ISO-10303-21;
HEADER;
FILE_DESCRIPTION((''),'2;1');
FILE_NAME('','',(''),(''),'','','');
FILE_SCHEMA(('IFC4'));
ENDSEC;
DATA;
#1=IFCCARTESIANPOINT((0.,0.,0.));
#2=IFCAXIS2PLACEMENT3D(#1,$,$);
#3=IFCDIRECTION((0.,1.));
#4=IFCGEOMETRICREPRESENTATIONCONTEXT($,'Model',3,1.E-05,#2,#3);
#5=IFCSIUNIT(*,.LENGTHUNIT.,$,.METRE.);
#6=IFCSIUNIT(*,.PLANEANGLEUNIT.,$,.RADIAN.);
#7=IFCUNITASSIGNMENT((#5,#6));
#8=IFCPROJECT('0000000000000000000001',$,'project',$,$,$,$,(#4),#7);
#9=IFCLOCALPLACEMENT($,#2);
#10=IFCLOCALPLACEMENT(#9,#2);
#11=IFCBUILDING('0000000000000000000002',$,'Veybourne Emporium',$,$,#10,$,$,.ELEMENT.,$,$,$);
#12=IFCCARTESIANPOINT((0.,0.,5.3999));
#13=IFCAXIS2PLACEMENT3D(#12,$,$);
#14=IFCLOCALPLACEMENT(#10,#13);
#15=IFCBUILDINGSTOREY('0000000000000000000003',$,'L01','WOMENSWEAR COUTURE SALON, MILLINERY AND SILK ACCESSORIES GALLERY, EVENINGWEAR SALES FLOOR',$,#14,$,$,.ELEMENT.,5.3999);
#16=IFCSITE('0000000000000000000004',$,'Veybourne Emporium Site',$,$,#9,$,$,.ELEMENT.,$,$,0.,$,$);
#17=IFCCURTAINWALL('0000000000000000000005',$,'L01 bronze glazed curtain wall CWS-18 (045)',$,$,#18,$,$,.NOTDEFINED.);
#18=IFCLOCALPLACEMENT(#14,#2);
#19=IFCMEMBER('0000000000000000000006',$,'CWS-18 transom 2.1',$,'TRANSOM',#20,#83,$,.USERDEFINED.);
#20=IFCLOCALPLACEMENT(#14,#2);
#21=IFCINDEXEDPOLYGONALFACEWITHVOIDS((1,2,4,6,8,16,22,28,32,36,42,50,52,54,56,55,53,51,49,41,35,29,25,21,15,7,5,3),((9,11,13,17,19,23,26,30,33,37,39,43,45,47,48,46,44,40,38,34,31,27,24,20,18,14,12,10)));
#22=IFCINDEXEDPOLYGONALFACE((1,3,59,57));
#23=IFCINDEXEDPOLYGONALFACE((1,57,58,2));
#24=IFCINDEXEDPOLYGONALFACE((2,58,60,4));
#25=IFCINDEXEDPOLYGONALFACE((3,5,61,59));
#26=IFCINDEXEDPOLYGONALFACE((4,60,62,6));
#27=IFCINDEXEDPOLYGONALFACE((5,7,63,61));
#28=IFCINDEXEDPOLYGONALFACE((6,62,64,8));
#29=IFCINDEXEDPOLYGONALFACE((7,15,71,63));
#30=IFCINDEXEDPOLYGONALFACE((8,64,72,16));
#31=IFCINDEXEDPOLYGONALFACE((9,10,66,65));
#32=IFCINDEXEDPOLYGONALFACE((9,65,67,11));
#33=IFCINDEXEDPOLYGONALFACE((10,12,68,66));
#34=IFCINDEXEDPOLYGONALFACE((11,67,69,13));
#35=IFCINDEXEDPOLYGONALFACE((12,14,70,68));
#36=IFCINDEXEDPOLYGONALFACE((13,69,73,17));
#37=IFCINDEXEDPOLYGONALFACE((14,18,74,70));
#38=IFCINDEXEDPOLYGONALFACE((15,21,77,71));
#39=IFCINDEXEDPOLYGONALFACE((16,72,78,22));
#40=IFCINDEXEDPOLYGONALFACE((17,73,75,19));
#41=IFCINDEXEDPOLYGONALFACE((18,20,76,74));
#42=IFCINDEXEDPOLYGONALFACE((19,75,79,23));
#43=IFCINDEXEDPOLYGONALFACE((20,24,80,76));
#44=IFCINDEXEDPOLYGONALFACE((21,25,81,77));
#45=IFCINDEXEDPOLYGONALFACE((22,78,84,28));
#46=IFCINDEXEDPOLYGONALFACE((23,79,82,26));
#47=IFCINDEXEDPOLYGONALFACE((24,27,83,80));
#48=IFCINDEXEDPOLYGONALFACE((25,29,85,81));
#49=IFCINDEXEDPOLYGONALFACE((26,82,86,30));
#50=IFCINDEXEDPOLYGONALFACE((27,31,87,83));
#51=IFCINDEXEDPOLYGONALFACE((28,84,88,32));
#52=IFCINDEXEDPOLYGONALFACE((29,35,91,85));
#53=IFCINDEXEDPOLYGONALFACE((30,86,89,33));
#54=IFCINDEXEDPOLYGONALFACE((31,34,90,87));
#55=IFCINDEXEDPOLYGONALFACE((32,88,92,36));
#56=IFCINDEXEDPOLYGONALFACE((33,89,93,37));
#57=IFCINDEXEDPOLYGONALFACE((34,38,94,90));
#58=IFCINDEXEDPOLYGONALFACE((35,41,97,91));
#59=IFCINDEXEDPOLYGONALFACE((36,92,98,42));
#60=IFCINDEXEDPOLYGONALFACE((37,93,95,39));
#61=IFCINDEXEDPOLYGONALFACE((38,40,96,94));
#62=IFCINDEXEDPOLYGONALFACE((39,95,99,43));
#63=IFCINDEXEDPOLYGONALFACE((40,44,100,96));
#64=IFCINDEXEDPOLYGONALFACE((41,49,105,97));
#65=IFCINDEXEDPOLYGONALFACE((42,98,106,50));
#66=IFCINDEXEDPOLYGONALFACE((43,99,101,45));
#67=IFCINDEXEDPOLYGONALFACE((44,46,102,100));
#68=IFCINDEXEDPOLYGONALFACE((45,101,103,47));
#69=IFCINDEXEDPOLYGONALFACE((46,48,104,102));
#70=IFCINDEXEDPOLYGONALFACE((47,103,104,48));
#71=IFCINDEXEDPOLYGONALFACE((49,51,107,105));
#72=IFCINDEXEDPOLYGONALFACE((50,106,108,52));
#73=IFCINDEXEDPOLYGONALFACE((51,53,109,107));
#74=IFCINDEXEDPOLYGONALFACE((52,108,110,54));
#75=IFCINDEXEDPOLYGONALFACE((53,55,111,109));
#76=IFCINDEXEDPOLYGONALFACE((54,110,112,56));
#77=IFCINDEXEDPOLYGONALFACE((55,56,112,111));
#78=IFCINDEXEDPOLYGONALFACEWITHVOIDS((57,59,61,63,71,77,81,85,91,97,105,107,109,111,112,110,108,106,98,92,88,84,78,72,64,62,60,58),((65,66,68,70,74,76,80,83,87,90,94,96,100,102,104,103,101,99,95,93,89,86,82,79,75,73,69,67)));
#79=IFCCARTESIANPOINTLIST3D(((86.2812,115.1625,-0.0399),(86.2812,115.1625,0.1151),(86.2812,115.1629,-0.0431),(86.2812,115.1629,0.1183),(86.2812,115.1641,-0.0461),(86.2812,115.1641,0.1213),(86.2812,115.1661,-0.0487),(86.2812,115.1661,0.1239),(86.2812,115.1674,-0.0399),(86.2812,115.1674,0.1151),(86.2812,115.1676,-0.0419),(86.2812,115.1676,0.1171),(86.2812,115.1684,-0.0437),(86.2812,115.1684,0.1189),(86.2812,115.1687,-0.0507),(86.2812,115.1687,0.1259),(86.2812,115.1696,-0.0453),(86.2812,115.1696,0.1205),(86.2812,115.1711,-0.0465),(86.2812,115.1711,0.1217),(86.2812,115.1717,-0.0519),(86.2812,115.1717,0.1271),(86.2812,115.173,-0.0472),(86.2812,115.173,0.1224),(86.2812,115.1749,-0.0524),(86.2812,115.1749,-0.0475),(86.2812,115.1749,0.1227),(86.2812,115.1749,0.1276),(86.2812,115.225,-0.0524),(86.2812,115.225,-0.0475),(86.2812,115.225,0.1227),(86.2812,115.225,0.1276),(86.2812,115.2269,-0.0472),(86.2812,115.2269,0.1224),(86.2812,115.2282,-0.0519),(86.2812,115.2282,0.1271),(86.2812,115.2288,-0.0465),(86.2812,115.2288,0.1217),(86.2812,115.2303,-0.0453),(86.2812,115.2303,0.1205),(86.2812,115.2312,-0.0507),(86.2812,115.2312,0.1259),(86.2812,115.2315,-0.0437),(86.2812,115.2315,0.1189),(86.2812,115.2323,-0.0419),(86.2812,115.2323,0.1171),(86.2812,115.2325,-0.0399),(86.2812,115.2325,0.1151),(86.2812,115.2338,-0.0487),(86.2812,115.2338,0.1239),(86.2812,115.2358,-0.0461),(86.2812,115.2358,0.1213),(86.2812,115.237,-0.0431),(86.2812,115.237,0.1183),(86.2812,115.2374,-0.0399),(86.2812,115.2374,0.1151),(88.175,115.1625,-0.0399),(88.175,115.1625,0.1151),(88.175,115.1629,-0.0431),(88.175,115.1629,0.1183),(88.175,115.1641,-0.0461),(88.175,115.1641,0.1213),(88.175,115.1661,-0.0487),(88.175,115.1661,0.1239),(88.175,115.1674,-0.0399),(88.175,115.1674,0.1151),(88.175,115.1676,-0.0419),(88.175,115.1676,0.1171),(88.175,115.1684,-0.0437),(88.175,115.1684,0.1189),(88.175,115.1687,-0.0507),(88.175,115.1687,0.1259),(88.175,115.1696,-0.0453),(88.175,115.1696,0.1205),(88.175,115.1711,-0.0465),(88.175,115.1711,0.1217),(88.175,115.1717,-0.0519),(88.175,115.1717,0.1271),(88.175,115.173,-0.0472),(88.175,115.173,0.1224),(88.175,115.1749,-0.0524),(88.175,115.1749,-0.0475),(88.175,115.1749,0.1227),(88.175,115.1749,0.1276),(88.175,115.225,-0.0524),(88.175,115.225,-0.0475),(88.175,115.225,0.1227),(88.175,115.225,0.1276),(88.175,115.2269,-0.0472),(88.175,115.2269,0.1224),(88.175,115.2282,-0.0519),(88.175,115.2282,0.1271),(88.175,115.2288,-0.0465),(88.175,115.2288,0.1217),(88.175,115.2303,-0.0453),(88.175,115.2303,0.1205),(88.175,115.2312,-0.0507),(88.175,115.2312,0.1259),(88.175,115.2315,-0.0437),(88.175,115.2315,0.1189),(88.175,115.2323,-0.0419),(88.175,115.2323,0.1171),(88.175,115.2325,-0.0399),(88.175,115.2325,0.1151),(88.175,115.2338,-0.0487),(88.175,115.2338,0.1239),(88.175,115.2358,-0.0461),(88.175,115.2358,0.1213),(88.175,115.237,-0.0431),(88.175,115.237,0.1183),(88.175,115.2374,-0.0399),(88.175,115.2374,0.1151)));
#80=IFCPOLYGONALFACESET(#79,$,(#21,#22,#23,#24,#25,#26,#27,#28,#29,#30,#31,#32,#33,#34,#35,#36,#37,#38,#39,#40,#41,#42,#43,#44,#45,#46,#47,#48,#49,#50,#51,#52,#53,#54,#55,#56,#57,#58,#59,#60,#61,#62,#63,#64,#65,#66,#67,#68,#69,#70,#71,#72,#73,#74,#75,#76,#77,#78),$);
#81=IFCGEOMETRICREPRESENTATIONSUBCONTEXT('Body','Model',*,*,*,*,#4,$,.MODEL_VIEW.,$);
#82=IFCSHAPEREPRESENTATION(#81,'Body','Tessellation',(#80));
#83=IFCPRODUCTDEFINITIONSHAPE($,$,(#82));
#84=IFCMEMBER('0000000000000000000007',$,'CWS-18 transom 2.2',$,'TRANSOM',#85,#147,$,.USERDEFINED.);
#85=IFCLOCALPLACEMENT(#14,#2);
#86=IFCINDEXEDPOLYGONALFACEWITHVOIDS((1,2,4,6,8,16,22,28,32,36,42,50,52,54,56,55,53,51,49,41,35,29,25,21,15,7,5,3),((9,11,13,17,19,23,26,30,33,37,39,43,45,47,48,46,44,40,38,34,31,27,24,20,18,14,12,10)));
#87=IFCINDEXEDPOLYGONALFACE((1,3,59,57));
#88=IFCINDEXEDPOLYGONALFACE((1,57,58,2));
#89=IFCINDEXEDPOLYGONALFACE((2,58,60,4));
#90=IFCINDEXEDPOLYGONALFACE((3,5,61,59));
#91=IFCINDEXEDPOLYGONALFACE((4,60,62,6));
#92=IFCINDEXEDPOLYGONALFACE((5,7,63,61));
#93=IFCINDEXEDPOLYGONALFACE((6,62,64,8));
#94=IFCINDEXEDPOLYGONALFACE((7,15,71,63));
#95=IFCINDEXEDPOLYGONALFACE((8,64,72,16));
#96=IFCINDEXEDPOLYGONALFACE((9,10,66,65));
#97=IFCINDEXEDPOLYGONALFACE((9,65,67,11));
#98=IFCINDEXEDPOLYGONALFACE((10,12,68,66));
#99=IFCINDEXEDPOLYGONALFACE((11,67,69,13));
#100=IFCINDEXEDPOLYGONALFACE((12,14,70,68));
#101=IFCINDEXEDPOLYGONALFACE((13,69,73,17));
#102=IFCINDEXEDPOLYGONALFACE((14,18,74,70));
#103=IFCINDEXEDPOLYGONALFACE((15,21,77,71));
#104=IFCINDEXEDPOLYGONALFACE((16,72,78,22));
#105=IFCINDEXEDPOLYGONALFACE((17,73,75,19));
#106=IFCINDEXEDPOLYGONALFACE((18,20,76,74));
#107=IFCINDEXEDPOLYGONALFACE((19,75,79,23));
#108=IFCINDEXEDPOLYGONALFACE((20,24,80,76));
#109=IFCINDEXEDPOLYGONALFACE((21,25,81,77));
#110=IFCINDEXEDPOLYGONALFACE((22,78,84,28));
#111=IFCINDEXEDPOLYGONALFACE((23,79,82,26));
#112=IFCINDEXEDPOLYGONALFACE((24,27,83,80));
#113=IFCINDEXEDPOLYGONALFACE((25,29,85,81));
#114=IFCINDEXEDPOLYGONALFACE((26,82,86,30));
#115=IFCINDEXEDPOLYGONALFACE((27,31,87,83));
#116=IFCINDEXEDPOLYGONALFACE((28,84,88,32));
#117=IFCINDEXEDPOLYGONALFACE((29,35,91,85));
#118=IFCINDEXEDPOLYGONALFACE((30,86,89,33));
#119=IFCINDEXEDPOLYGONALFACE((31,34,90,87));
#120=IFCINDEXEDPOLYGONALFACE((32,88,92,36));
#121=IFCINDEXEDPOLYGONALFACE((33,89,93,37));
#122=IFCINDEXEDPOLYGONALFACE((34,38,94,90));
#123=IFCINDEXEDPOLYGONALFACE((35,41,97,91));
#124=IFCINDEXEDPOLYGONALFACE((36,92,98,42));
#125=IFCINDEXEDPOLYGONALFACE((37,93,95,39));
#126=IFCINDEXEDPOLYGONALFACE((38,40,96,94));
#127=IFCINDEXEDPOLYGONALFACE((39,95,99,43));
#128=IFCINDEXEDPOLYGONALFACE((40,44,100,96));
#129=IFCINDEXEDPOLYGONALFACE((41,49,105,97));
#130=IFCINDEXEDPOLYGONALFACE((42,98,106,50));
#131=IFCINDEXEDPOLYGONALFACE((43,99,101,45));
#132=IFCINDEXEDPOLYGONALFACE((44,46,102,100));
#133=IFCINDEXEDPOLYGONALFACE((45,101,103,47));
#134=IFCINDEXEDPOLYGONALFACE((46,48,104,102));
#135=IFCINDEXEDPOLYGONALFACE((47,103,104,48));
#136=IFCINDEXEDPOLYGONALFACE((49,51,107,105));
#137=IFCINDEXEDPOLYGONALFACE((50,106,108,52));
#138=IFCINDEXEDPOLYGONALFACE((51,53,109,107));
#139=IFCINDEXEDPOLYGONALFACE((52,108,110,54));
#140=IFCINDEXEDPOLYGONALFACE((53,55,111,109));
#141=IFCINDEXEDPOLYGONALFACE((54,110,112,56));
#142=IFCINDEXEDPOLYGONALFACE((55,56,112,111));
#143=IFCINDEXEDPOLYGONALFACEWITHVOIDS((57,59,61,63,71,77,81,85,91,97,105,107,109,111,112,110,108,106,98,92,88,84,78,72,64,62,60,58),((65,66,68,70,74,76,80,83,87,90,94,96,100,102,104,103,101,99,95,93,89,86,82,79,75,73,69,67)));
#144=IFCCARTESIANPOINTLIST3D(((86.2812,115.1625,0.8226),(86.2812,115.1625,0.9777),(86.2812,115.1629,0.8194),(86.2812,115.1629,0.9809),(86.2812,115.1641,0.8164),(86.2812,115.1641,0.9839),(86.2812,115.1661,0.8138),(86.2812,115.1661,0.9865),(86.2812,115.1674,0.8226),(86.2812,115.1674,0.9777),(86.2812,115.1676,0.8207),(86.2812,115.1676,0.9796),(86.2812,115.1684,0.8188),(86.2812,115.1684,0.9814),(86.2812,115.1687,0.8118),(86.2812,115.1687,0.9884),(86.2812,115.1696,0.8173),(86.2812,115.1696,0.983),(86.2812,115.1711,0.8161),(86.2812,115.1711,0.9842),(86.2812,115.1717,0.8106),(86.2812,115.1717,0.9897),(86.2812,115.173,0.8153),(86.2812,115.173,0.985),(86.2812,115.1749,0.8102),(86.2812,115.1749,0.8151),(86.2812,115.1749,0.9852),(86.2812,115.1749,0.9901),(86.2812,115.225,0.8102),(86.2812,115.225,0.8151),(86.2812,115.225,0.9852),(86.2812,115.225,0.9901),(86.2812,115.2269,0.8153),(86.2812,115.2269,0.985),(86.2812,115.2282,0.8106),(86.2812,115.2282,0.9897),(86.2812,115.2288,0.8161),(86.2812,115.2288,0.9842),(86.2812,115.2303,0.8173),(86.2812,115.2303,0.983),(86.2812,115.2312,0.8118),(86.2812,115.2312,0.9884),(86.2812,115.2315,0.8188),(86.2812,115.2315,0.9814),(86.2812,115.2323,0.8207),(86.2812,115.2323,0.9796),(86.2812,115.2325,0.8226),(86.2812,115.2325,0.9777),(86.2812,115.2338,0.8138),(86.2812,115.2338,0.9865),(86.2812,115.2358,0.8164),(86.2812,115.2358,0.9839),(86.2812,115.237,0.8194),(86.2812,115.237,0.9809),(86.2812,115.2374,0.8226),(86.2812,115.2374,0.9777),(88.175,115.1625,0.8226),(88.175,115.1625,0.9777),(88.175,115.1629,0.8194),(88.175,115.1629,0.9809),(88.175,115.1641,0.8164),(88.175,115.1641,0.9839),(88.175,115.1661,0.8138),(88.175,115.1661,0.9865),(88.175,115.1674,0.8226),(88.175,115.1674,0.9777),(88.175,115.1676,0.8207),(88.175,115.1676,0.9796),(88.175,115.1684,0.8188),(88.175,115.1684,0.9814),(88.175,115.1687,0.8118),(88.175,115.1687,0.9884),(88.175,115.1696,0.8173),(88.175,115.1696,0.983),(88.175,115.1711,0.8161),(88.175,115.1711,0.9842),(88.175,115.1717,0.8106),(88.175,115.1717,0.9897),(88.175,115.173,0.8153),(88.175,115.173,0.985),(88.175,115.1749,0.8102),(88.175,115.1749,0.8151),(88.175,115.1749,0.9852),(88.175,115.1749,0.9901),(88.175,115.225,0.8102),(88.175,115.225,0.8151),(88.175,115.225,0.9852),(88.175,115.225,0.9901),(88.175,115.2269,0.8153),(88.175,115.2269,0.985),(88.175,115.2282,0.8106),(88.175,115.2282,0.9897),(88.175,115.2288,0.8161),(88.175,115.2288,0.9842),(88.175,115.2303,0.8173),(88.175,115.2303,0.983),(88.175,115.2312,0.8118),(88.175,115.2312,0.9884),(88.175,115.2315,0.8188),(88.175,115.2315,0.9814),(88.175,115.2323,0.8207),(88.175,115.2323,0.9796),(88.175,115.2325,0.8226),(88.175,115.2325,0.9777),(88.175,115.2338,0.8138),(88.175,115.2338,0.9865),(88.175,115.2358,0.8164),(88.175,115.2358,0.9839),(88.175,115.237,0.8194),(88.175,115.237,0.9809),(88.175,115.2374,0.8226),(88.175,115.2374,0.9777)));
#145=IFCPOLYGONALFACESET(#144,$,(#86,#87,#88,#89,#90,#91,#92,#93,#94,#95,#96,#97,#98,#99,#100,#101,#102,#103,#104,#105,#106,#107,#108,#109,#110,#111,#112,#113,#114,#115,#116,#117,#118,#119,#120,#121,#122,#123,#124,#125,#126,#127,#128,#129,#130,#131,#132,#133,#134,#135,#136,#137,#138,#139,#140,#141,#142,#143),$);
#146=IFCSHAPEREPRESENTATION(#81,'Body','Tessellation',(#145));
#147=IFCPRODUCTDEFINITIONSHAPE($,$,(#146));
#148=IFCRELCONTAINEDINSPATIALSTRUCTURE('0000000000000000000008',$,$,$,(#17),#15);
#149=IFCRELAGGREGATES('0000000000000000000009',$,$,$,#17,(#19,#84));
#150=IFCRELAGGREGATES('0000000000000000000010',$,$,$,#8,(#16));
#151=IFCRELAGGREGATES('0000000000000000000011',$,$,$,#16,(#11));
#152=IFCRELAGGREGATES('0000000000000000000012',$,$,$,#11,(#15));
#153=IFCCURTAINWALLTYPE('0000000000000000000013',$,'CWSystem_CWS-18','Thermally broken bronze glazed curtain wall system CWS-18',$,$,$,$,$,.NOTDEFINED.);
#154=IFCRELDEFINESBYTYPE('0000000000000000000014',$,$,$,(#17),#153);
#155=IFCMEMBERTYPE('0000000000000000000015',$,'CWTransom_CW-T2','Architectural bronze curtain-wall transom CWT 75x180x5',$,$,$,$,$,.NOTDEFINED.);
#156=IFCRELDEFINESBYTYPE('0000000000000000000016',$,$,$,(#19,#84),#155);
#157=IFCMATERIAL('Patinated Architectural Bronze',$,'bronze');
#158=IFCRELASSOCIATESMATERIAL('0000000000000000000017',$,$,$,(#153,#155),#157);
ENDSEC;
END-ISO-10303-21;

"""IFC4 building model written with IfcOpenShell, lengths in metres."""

from ifc_helpers import new_model, si_unit, direction, frame, origin, origin_2d, place, context, subcontext, project, spatial, hollow_rectangle, extrude, material, material_profile, profile_set, type_object, element, aggregate, save


model = new_model("IFC4")

# Units and contexts
model_context = context("Model", 3, precision=1e-05, world=origin(), true_north=direction((0.0, 1.0)))
body_context = subcontext(model_context, "Body", "Model", "MODEL_VIEW")
ifc_project = project(units=[si_unit("LENGTHUNIT", "METRE"), si_unit("PLANEANGLEUNIT", "RADIAN")], contexts=[model_context])

# Site, building, storey
site_placement = place(None, origin())
site = spatial("IfcSite", under=ifc_project, at=site_placement, Name="Veybourne Emporium Site", CompositionType="ELEMENT", RefElevation=0.0)
building_placement = place(site_placement, origin())
building = spatial("IfcBuilding", under=site, at=building_placement, Name="Veybourne Emporium", CompositionType="ELEMENT")
storey_placement = place(building_placement, frame((0.0, 0.0, 5.3999)))
storey = spatial("IfcBuildingStorey", under=building, at=storey_placement, Name="L01", Description="WOMENSWEAR COUTURE SALON, MILLINERY AND SILK ACCESSORIES GALLERY, EVENINGWEAR SALES FLOOR", CompositionType="ELEMENT", Elevation=5.3999)

# Curtain wall, members
ifc_material_1 = material(Name="Patinated Architectural Bronze", Category="bronze")
curtain_wall_type = type_object("IfcCurtainWallType", Name="CWSystem_CWS-18", Description="Thermally broken bronze glazed curtain wall system CWS-18", PredefinedType="NOTDEFINED", material=ifc_material_1)
curtain_wall_placement = place(storey_placement, origin())
curtain_wall = element("IfcCurtainWall", 1, at=curtain_wall_placement, inside=storey, type_object=curtain_wall_type, Name="L01 bronze glazed curtain wall CWS-18 (045)", PredefinedType="NOTDEFINED")
ifc_material_profile_1 = material_profile(ifc_material_1, hollow_rectangle(XDim=0.075, YDim=0.1799, WallThickness=0.0049, InnerFilletRadius=0.0076, OuterFilletRadius=0.0125, at=origin_2d()), Name="CWT 75x180x5")
ifc_profile_set_1 = profile_set([ifc_material_profile_1], Name="Patinated Architectural Bronze")
member_type_1 = type_object("IfcMemberType", Name="CWTransom_CW-T2", Description="Architectural bronze curtain-wall transom CWT 75x180x5", PredefinedType="NOTDEFINED", material=ifc_profile_set_1)
member_1_placement = place(storey_placement, frame((86.2812, 115.2, 0.0376), z_axis=(1.0, 0.0, 0.0), x_axis=(0.0, 1.0, 0.0)))
member_1 = element("IfcMember", 2, at=member_1_placement, type_object=member_type_1, Name="CWS-18 transom 2.1", ObjectType="TRANSOM", PredefinedType="USERDEFINED", context=body_context, shape_type="SweptSolid", body=[
    extrude(hollow_rectangle(XDim=0.075, YDim=0.1799, WallThickness=0.0049, InnerFilletRadius=0.0076, OuterFilletRadius=0.0125, at=origin_2d()), origin(), (0.0, 0.0, 1.0), 1.8938),
])
member_2_placement = place(storey_placement, frame((86.2812, 115.2, 0.9001), z_axis=(1.0, 0.0, 0.0), x_axis=(0.0, 1.0, 0.0)))
member_2 = element("IfcMember", 3, at=member_2_placement, type_object=member_type_1, Name="CWS-18 transom 2.2", ObjectType="TRANSOM", PredefinedType="USERDEFINED", context=body_context, shape_type="SweptSolid", body=[
    extrude(hollow_rectangle(XDim=0.075, YDim=0.1799, WallThickness=0.0049, InnerFilletRadius=0.0076, OuterFilletRadius=0.0125, at=origin_2d()), origin(), (0.0, 0.0, 1.0), 1.8938),
])

aggregate(curtain_wall, [member_1, member_2])

save(model, "model.ifc")
